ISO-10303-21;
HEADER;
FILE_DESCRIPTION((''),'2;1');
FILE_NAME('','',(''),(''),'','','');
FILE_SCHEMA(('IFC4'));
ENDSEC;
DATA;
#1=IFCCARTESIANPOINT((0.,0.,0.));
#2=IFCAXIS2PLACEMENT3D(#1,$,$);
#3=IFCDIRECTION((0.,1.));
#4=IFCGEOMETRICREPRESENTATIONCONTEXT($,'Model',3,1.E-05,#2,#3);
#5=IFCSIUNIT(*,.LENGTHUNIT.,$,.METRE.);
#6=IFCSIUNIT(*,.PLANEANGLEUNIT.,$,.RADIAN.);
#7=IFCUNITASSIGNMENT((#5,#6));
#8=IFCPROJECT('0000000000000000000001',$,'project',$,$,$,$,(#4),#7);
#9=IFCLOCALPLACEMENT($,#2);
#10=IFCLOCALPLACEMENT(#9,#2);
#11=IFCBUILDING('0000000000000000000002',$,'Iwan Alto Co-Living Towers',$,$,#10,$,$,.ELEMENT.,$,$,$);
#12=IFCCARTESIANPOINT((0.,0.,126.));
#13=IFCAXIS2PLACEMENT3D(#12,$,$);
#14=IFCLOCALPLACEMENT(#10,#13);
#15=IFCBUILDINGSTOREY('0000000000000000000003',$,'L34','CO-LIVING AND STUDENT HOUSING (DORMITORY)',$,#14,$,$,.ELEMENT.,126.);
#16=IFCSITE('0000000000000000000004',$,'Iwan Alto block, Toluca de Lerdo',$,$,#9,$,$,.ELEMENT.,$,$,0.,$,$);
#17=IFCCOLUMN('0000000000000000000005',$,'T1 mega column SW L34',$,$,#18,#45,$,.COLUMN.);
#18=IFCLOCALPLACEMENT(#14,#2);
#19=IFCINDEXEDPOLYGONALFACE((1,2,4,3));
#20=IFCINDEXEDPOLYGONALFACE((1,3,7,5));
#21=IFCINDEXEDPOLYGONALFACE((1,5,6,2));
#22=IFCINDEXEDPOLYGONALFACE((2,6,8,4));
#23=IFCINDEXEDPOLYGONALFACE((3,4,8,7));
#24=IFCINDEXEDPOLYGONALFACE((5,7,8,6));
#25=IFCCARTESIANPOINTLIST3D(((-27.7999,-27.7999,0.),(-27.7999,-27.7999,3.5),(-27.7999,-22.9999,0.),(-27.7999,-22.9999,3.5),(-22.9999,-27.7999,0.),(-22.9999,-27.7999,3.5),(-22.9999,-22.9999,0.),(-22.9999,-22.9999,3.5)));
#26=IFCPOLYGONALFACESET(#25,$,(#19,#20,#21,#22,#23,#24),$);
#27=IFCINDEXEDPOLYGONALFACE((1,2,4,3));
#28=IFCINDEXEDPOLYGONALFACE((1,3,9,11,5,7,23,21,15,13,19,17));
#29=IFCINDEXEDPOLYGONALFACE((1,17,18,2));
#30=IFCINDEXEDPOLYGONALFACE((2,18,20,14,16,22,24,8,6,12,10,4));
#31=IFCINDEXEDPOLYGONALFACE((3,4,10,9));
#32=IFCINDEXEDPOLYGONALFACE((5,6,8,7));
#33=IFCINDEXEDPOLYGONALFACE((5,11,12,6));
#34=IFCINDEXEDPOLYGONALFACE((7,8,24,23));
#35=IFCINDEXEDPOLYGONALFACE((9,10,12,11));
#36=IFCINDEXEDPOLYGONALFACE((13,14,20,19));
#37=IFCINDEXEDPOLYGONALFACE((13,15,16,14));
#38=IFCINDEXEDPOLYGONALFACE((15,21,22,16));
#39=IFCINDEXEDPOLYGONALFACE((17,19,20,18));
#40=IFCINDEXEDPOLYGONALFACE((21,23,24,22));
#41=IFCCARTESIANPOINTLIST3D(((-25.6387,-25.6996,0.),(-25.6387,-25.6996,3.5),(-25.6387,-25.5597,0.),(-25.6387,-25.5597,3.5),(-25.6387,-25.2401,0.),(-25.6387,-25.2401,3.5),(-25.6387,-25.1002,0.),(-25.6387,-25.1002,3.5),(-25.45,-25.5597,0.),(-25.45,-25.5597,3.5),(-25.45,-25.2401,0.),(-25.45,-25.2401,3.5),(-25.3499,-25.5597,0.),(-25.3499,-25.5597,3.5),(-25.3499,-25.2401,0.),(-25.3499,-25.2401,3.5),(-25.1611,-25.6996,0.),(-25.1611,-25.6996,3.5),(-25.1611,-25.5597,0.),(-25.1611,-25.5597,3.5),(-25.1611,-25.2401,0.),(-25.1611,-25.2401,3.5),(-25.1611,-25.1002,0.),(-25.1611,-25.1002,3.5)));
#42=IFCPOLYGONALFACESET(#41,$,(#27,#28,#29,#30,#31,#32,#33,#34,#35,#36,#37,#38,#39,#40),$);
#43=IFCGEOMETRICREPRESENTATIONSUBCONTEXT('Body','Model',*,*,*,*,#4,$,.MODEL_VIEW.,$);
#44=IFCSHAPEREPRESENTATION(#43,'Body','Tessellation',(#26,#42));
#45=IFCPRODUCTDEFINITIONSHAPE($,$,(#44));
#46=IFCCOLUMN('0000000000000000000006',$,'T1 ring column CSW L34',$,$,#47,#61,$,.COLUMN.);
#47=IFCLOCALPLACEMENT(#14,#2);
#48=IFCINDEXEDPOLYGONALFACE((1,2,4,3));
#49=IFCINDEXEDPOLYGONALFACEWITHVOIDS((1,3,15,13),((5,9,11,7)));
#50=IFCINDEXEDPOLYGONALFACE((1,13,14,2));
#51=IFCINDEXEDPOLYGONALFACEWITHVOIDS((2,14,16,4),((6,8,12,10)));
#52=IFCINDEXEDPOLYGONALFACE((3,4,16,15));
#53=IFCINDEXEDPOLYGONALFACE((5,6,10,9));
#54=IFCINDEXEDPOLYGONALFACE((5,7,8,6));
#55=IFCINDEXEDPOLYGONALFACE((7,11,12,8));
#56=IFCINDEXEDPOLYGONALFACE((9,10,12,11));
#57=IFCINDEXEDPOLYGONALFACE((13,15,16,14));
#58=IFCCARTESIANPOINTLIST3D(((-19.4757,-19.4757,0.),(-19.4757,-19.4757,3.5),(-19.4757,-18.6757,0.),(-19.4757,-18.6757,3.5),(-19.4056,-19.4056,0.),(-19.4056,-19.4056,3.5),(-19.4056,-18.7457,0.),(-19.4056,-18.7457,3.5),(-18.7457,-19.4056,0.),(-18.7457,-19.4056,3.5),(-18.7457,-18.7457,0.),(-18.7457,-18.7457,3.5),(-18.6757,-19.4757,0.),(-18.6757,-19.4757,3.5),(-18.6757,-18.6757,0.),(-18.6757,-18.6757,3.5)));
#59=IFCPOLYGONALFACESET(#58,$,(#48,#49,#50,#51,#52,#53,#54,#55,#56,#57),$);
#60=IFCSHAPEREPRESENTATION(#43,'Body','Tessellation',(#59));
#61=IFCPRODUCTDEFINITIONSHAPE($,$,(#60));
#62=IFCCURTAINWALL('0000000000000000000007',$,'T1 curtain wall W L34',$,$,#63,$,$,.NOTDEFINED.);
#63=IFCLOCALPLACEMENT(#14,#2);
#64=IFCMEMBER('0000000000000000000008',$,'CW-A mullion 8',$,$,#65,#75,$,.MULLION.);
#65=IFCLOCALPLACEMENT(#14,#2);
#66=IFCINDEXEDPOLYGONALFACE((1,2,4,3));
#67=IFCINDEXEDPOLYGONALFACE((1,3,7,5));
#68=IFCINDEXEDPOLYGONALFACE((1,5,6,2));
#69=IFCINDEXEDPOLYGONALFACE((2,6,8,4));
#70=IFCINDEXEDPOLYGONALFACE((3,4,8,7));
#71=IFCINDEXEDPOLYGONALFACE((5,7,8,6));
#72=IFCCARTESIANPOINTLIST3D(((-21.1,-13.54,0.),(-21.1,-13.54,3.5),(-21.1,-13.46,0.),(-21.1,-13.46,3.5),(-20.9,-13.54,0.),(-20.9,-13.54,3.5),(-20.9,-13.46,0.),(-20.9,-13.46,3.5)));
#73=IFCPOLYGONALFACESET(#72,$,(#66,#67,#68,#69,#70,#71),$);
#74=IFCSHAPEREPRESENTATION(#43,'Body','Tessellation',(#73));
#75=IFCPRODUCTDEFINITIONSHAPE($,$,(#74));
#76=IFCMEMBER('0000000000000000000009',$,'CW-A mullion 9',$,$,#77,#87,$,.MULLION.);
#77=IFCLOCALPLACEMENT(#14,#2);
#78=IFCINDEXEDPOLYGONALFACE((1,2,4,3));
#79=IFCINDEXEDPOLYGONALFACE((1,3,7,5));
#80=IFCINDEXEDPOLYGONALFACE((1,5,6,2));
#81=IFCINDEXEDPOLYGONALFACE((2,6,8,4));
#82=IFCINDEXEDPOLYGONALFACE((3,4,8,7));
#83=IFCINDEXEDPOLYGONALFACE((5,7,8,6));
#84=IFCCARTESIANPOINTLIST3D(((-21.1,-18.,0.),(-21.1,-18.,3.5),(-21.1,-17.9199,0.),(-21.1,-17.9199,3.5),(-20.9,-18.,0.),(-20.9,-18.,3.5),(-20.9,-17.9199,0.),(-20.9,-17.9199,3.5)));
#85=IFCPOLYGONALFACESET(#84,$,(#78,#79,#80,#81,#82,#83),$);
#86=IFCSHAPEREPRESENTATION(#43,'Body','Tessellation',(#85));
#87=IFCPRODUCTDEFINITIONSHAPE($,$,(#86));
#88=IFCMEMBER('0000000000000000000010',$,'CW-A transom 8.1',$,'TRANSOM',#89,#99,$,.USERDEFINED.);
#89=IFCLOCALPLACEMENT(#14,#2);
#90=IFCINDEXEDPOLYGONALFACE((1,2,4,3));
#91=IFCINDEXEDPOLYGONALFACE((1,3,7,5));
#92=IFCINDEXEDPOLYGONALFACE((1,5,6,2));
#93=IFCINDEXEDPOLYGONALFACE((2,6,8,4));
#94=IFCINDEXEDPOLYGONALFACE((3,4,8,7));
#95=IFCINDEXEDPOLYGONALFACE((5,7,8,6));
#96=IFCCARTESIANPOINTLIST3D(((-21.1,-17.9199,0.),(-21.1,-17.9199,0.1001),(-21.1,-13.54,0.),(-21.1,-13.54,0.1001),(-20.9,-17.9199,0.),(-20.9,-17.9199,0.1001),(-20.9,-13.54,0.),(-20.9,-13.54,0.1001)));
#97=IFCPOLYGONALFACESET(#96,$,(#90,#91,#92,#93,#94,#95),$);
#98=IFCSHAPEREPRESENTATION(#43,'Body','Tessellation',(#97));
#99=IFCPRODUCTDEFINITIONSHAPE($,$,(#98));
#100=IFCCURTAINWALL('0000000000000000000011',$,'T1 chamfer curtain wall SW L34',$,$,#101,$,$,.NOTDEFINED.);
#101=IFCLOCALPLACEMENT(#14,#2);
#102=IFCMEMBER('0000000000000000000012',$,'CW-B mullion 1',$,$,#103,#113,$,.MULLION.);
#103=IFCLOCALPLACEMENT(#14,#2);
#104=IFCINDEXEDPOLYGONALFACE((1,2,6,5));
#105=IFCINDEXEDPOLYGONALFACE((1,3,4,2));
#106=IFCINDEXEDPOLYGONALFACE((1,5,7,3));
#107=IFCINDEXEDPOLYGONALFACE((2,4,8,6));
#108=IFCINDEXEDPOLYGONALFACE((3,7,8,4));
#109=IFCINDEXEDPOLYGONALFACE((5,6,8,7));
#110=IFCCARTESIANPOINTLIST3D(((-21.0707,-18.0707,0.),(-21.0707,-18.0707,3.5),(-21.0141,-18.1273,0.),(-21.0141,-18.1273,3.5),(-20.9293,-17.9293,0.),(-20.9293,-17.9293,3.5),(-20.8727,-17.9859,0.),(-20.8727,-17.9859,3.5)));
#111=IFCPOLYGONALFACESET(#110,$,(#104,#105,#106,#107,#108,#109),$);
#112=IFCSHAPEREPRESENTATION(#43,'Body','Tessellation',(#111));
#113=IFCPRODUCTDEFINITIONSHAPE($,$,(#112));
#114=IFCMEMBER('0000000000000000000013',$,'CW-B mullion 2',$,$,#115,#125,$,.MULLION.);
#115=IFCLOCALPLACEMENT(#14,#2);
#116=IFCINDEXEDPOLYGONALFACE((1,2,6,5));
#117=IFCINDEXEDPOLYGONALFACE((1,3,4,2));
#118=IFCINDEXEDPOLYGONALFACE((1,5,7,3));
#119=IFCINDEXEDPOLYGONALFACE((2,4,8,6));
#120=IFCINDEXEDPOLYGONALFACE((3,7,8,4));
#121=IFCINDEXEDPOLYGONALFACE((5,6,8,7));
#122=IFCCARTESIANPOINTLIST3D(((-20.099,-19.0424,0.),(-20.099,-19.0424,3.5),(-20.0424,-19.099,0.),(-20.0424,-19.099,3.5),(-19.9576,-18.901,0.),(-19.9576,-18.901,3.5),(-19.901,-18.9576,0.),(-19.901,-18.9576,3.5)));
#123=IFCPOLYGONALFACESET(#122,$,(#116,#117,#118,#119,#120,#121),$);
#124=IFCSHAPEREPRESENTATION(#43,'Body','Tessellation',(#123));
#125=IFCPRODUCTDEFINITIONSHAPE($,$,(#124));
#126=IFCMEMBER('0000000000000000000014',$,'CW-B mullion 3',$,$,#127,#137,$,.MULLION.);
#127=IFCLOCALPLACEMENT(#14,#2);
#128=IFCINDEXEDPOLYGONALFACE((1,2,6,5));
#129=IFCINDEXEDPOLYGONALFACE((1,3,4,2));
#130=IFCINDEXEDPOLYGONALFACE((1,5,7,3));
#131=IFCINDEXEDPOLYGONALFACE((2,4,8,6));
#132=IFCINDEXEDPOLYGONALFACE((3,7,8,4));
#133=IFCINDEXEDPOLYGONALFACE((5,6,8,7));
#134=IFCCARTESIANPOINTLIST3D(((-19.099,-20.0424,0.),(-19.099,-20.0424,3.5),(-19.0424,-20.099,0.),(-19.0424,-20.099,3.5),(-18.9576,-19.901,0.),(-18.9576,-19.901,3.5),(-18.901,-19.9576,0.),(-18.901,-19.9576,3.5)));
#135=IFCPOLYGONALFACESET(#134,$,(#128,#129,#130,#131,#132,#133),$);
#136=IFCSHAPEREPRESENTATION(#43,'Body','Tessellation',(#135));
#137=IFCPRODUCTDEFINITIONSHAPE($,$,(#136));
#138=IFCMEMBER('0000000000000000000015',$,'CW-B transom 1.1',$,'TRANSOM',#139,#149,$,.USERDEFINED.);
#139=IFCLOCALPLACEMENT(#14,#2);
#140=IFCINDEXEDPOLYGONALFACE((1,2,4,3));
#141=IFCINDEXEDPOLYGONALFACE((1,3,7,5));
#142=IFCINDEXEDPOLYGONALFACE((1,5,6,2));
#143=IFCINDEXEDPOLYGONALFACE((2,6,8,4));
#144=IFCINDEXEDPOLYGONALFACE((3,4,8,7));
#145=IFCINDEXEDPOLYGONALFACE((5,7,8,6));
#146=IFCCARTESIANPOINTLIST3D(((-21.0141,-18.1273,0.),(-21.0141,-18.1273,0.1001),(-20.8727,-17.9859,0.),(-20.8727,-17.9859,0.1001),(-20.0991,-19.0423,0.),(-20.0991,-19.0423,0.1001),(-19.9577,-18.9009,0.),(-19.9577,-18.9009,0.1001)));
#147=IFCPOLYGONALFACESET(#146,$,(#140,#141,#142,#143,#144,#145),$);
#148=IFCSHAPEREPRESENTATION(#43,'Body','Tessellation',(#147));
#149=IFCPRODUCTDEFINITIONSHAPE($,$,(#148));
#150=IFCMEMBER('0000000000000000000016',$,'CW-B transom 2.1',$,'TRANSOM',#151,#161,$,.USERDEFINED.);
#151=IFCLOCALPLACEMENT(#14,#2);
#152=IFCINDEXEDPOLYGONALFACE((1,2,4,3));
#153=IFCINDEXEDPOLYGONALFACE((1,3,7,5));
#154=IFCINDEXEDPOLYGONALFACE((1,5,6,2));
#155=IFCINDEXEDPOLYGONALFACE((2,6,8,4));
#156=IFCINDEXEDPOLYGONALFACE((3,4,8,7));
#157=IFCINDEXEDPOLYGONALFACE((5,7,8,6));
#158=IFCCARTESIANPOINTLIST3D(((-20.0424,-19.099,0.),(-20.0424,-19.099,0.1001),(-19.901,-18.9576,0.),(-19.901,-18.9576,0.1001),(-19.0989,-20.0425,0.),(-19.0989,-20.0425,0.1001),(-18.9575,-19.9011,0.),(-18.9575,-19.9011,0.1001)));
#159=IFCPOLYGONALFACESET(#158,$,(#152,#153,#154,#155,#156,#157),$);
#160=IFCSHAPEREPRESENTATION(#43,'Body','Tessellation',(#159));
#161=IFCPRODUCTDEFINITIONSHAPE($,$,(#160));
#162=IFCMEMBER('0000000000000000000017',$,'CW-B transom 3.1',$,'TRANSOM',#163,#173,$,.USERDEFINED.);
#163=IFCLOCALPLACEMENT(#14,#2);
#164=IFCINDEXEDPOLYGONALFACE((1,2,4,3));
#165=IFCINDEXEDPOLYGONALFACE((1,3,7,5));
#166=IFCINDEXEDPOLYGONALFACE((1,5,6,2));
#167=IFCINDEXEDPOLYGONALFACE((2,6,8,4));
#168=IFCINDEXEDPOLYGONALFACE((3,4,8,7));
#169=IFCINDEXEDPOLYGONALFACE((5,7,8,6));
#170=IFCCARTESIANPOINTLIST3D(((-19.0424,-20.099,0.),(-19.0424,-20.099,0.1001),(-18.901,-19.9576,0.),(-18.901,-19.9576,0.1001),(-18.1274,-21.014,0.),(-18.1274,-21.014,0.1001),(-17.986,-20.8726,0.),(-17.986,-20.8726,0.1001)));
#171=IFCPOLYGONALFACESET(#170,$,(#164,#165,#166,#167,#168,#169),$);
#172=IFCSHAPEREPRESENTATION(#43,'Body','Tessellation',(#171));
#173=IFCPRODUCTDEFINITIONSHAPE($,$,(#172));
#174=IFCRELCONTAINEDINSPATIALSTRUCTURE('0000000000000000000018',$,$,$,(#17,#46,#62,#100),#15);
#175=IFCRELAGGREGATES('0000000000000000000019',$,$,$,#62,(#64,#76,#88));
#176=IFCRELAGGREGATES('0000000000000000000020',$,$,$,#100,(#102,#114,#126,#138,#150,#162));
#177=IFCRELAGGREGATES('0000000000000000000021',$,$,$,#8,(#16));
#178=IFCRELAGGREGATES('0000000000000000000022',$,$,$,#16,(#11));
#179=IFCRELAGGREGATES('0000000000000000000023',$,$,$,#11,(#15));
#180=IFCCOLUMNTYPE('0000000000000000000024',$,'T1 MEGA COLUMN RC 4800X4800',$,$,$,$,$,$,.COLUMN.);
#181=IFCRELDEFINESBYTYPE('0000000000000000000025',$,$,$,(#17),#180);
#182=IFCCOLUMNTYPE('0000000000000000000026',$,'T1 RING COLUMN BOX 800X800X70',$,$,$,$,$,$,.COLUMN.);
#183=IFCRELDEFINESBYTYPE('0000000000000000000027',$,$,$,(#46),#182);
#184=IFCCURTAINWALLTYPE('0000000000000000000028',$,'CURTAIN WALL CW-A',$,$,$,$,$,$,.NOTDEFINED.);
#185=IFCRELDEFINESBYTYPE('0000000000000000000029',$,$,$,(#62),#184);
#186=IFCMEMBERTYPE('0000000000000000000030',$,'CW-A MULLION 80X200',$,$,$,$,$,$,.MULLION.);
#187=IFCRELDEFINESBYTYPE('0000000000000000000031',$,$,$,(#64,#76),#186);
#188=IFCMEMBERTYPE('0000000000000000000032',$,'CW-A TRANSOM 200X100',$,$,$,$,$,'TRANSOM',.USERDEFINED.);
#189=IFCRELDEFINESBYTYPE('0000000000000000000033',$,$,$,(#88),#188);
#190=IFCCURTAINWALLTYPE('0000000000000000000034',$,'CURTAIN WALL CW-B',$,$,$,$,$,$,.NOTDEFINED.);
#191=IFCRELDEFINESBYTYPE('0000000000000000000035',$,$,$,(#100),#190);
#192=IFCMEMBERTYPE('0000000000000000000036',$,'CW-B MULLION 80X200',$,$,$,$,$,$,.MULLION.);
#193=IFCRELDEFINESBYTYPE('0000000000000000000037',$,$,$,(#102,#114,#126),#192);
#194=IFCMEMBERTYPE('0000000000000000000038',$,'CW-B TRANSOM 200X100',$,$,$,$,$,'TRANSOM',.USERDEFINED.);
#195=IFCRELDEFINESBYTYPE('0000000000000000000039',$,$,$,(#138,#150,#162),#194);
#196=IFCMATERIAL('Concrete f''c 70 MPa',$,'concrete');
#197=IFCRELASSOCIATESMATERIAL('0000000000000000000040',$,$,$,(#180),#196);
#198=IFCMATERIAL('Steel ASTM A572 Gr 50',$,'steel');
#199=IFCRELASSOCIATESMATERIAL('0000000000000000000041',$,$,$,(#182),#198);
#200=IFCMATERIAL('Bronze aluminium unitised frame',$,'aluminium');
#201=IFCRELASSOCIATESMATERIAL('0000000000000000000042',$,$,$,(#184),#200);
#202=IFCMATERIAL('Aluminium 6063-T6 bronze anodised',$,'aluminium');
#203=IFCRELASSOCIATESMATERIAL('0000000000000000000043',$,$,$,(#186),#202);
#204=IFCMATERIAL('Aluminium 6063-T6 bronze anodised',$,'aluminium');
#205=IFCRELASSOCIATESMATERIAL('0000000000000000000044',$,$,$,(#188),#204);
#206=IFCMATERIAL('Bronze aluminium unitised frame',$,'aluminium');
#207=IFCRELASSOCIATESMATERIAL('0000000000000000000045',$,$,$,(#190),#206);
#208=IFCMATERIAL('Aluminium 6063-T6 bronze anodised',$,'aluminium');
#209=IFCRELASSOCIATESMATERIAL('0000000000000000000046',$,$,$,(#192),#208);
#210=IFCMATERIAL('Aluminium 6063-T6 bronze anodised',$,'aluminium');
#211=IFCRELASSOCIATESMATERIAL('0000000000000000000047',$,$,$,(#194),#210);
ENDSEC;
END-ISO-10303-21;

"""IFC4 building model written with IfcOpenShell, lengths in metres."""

from ifc_helpers import new_model, si_unit, direction, frame, origin, origin_2d, place, context, subcontext, project, spatial, rectangle, hollow_rectangle, i_section, extrude, material, material_profile, profile_set, type_object, element, aggregate, save


model = new_model("IFC4")

# Units and contexts
model_context = context("Model", 3, precision=1e-05, world=origin(), true_north=direction((0.0, 1.0)))
body_context = subcontext(model_context, "Body", "Model", "MODEL_VIEW")
ifc_project = project(units=[si_unit("LENGTHUNIT", "METRE"), si_unit("PLANEANGLEUNIT", "RADIAN")], contexts=[model_context])

# Site, building, storey
site_placement = place(None, origin())
site = spatial("IfcSite", under=ifc_project, at=site_placement, Name="Iwan Alto block, Toluca de Lerdo", CompositionType="ELEMENT", RefElevation=0.0)
building_placement = place(site_placement, origin())
building = spatial("IfcBuilding", under=site, at=building_placement, Name="Iwan Alto Co-Living Towers", CompositionType="ELEMENT")
storey_placement = place(building_placement, frame((0.0, 0.0, 126.0)))
storey = spatial("IfcBuildingStorey", under=building, at=storey_placement, Name="L34", Description="CO-LIVING AND STUDENT HOUSING (DORMITORY)", CompositionType="ELEMENT", Elevation=126.0)

# Columns
ifc_material_1 = material(Name="Concrete f'c 70 MPa", Category="concrete")
ifc_material_profile_1 = material_profile(ifc_material_1, rectangle(XDim=4.8, YDim=4.8, at=origin_2d()), Name="RC 4800X4800")
ifc_profile_set_1 = profile_set([ifc_material_profile_1], Name="Concrete f'c 70 MPa")
column_type_1 = type_object("IfcColumnType", Name="T1 MEGA COLUMN RC 4800X4800", PredefinedType="COLUMN", material=ifc_profile_set_1)
column_1_placement = place(storey_placement, frame((-25.3999, -25.3999, 0.0), z_axis=(0.0, 0.0, 1.0), x_axis=(1.0, 0.0, 0.0)))
element("IfcColumn", 1, at=column_1_placement, inside=storey, type_object=column_type_1, Name="T1 mega column SW L34", PredefinedType="COLUMN", context=body_context, shape_type="SweptSolid", body=[
    extrude(rectangle(XDim=4.8, YDim=4.8, at=origin_2d()), origin(), (0.0, 0.0, 1.0), 3.5),
    extrude(i_section(OverallWidth=0.4775, OverallDepth=0.5994, WebThickness=0.1001, FlangeThickness=0.1399, at=origin_2d()), origin(), (0.0, 0.0, 1.0), 3.5),
])
ifc_material_2 = material(Name="Steel ASTM A572 Gr 50", Category="steel")
ifc_material_profile_2 = material_profile(ifc_material_2, hollow_rectangle(XDim=0.8, YDim=0.8, WallThickness=0.0701, at=origin_2d()), Name="BOX 800X800X70")
ifc_profile_set_2 = profile_set([ifc_material_profile_2], Name="Steel ASTM A572 Gr 50")
column_type_2 = type_object("IfcColumnType", Name="T1 RING COLUMN BOX 800X800X70", PredefinedType="COLUMN", material=ifc_profile_set_2)
column_2_placement = place(storey_placement, frame((-19.0757, -19.0757, 0.0), z_axis=(0.0, 0.0, 1.0), x_axis=(1.0, 0.0, 0.0)))
element("IfcColumn", 2, at=column_2_placement, inside=storey, type_object=column_type_2, Name="T1 ring column CSW L34", PredefinedType="COLUMN", context=body_context, shape_type="SweptSolid", body=[
    extrude(hollow_rectangle(XDim=0.8, YDim=0.8, WallThickness=0.0701, at=origin_2d()), origin(), (0.0, 0.0, 1.0), 3.5),
])

# Curtain walls, members
ifc_material_3 = material(Name="Bronze aluminium unitised frame", Category="aluminium")
curtain_wall_type_1 = type_object("IfcCurtainWallType", Name="CURTAIN WALL CW-A", PredefinedType="NOTDEFINED", material=ifc_material_3)
curtain_wall_1_placement = place(storey_placement, origin())
curtain_wall_1 = element("IfcCurtainWall", 3, at=curtain_wall_1_placement, inside=storey, type_object=curtain_wall_type_1, Name="T1 curtain wall W L34", PredefinedType="NOTDEFINED")
ifc_material_4 = material(Name="Aluminium 6063-T6 bronze anodised", Category="aluminium")
ifc_material_profile_3 = material_profile(ifc_material_4, rectangle(XDim=0.2, YDim=0.0801, at=origin_2d()), Name="AL 80X200")
ifc_profile_set_3 = profile_set([ifc_material_profile_3], Name="Aluminium 6063-T6 bronze anodised")
member_type_1 = type_object("IfcMemberType", Name="CW-A MULLION 80X200", PredefinedType="MULLION", material=ifc_profile_set_3)
member_1_placement = place(storey_placement, frame((-21.0, -13.5, 0.0), z_axis=(0.0, 0.0, 1.0), x_axis=(1.0, 0.0, 0.0)))
member_1 = element("IfcMember", 4, at=member_1_placement, type_object=member_type_1, Name="CW-A mullion 8", PredefinedType="MULLION", context=body_context, shape_type="SweptSolid", body=[
    extrude(rectangle(XDim=0.2, YDim=0.0801, at=origin_2d()), origin(), (0.0, 0.0, 1.0), 3.5),
])
member_2_placement = place(storey_placement, frame((-21.0, -17.96, 0.0), z_axis=(0.0, 0.0, 1.0), x_axis=(1.0, 0.0, 0.0)))
member_2 = element("IfcMember", 5, at=member_2_placement, type_object=member_type_1, Name="CW-A mullion 9", PredefinedType="MULLION", context=body_context, shape_type="SweptSolid", body=[
    extrude(rectangle(XDim=0.2, YDim=0.0801, at=origin_2d()), origin(), (0.0, 0.0, 1.0), 3.5),
])
ifc_material_5 = material(Name="Aluminium 6063-T6 bronze anodised", Category="aluminium")
ifc_material_profile_4 = material_profile(ifc_material_5, rectangle(XDim=0.2, YDim=0.1001, at=origin_2d()), Name="AL 200X100")
ifc_profile_set_4 = profile_set([ifc_material_profile_4], Name="Aluminium 6063-T6 bronze anodised")
member_type_2 = type_object("IfcMemberType", Name="CW-A TRANSOM 200X100", ElementType="TRANSOM", PredefinedType="USERDEFINED", material=ifc_profile_set_4)
member_3_placement = place(storey_placement, frame((-21.0, -13.54, 0.05), z_axis=(0.0, -1.0, 0.0), x_axis=(1.0, 0.0, 0.0)))
member_3 = element("IfcMember", 6, at=member_3_placement, type_object=member_type_2, Name="CW-A transom 8.1", ObjectType="TRANSOM", PredefinedType="USERDEFINED", context=body_context, shape_type="SweptSolid", body=[
    extrude(rectangle(XDim=0.2, YDim=0.1001, at=origin_2d()), origin(), (0.0, 0.0, 1.0), 4.3799),
])
ifc_material_6 = material(Name="Bronze aluminium unitised frame", Category="aluminium")
curtain_wall_type_2 = type_object("IfcCurtainWallType", Name="CURTAIN WALL CW-B", PredefinedType="NOTDEFINED", material=ifc_material_6)
curtain_wall_2_placement = place(storey_placement, origin())
curtain_wall_2 = element("IfcCurtainWall", 7, at=curtain_wall_2_placement, inside=storey, type_object=curtain_wall_type_2, Name="T1 chamfer curtain wall SW L34", PredefinedType="NOTDEFINED")
ifc_material_7 = material(Name="Aluminium 6063-T6 bronze anodised", Category="aluminium")
ifc_material_profile_5 = material_profile(ifc_material_7, rectangle(XDim=0.2, YDim=0.0801, at=origin_2d()), Name="AL 80X200")
ifc_profile_set_5 = profile_set([ifc_material_profile_5], Name="Aluminium 6063-T6 bronze anodised")
member_type_3 = type_object("IfcMemberType", Name="CW-B MULLION 80X200", PredefinedType="MULLION", material=ifc_profile_set_5)
member_4_placement = place(storey_placement, frame((-20.9717, -18.0283, 0.0), z_axis=(0.0, 0.0, 1.0), x_axis=(0.707107, 0.707107, 0.0)))
member_4 = element("IfcMember", 8, at=member_4_placement, type_object=member_type_3, Name="CW-B mullion 1", PredefinedType="MULLION", context=body_context, shape_type="SweptSolid", body=[
    extrude(rectangle(XDim=0.2, YDim=0.0801, at=origin_2d()), origin(), (0.0, 0.0, 1.0), 3.5),
])
member_5_placement = place(storey_placement, frame((-20.0, -19.0, 0.0), z_axis=(0.0, 0.0, 1.0), x_axis=(0.707107, 0.707107, 0.0)))
member_5 = element("IfcMember", 9, at=member_5_placement, type_object=member_type_3, Name="CW-B mullion 2", PredefinedType="MULLION", context=body_context, shape_type="SweptSolid", body=[
    extrude(rectangle(XDim=0.2, YDim=0.0801, at=origin_2d()), origin(), (0.0, 0.0, 1.0), 3.5),
])
member_6_placement = place(storey_placement, frame((-19.0, -20.0, 0.0), z_axis=(0.0, 0.0, 1.0), x_axis=(0.707107, 0.707107, 0.0)))
member_6 = element("IfcMember", 10, at=member_6_placement, type_object=member_type_3, Name="CW-B mullion 3", PredefinedType="MULLION", context=body_context, shape_type="SweptSolid", body=[
    extrude(rectangle(XDim=0.2, YDim=0.0801, at=origin_2d()), origin(), (0.0, 0.0, 1.0), 3.5),
])
ifc_material_8 = material(Name="Aluminium 6063-T6 bronze anodised", Category="aluminium")
ifc_material_profile_6 = material_profile(ifc_material_8, rectangle(XDim=0.2, YDim=0.1001, at=origin_2d()), Name="AL 200X100")
ifc_profile_set_6 = profile_set([ifc_material_profile_6], Name="Aluminium 6063-T6 bronze anodised")
member_type_4 = type_object("IfcMemberType", Name="CW-B TRANSOM 200X100", ElementType="TRANSOM", PredefinedType="USERDEFINED", material=ifc_profile_set_6)
member_7_placement = place(storey_placement, frame((-20.9434, -18.0566, 0.05), z_axis=(0.707107, -0.707107, 0.0), x_axis=(0.707107, 0.707107, 0.0)))
member_7 = element("IfcMember", 11, at=member_7_placement, type_object=member_type_4, Name="CW-B transom 1.1", ObjectType="TRANSOM", PredefinedType="USERDEFINED", context=body_context, shape_type="SweptSolid", body=[
    extrude(rectangle(XDim=0.2, YDim=0.1001, at=origin_2d()), origin(), (0.0, 0.0, 1.0), 1.2939),
])
member_8_placement = place(storey_placement, frame((-19.9717, -19.0283, 0.05), z_axis=(0.707107, -0.707107, 0.0), x_axis=(0.707107, 0.707107, 0.0)))
member_8 = element("IfcMember", 12, at=member_8_placement, type_object=member_type_4, Name="CW-B transom 2.1", ObjectType="TRANSOM", PredefinedType="USERDEFINED", context=body_context, shape_type="SweptSolid", body=[
    extrude(rectangle(XDim=0.2, YDim=0.1001, at=origin_2d()), origin(), (0.0, 0.0, 1.0), 1.3342),
])
member_9_placement = place(storey_placement, frame((-18.9717, -20.0283, 0.05), z_axis=(0.707107, -0.707107, 0.0), x_axis=(0.707107, 0.707107, 0.0)))
member_9 = element("IfcMember", 13, at=member_9_placement, type_object=member_type_4, Name="CW-B transom 3.1", ObjectType="TRANSOM", PredefinedType="USERDEFINED", context=body_context, shape_type="SweptSolid", body=[
    extrude(rectangle(XDim=0.2, YDim=0.1001, at=origin_2d()), origin(), (0.0, 0.0, 1.0), 1.2939),
])

aggregate(curtain_wall_1, [member_1, member_2, member_3])
aggregate(curtain_wall_2, [member_4, member_5, member_6, member_7, member_8, member_9])

save(model, "model.ifc")
